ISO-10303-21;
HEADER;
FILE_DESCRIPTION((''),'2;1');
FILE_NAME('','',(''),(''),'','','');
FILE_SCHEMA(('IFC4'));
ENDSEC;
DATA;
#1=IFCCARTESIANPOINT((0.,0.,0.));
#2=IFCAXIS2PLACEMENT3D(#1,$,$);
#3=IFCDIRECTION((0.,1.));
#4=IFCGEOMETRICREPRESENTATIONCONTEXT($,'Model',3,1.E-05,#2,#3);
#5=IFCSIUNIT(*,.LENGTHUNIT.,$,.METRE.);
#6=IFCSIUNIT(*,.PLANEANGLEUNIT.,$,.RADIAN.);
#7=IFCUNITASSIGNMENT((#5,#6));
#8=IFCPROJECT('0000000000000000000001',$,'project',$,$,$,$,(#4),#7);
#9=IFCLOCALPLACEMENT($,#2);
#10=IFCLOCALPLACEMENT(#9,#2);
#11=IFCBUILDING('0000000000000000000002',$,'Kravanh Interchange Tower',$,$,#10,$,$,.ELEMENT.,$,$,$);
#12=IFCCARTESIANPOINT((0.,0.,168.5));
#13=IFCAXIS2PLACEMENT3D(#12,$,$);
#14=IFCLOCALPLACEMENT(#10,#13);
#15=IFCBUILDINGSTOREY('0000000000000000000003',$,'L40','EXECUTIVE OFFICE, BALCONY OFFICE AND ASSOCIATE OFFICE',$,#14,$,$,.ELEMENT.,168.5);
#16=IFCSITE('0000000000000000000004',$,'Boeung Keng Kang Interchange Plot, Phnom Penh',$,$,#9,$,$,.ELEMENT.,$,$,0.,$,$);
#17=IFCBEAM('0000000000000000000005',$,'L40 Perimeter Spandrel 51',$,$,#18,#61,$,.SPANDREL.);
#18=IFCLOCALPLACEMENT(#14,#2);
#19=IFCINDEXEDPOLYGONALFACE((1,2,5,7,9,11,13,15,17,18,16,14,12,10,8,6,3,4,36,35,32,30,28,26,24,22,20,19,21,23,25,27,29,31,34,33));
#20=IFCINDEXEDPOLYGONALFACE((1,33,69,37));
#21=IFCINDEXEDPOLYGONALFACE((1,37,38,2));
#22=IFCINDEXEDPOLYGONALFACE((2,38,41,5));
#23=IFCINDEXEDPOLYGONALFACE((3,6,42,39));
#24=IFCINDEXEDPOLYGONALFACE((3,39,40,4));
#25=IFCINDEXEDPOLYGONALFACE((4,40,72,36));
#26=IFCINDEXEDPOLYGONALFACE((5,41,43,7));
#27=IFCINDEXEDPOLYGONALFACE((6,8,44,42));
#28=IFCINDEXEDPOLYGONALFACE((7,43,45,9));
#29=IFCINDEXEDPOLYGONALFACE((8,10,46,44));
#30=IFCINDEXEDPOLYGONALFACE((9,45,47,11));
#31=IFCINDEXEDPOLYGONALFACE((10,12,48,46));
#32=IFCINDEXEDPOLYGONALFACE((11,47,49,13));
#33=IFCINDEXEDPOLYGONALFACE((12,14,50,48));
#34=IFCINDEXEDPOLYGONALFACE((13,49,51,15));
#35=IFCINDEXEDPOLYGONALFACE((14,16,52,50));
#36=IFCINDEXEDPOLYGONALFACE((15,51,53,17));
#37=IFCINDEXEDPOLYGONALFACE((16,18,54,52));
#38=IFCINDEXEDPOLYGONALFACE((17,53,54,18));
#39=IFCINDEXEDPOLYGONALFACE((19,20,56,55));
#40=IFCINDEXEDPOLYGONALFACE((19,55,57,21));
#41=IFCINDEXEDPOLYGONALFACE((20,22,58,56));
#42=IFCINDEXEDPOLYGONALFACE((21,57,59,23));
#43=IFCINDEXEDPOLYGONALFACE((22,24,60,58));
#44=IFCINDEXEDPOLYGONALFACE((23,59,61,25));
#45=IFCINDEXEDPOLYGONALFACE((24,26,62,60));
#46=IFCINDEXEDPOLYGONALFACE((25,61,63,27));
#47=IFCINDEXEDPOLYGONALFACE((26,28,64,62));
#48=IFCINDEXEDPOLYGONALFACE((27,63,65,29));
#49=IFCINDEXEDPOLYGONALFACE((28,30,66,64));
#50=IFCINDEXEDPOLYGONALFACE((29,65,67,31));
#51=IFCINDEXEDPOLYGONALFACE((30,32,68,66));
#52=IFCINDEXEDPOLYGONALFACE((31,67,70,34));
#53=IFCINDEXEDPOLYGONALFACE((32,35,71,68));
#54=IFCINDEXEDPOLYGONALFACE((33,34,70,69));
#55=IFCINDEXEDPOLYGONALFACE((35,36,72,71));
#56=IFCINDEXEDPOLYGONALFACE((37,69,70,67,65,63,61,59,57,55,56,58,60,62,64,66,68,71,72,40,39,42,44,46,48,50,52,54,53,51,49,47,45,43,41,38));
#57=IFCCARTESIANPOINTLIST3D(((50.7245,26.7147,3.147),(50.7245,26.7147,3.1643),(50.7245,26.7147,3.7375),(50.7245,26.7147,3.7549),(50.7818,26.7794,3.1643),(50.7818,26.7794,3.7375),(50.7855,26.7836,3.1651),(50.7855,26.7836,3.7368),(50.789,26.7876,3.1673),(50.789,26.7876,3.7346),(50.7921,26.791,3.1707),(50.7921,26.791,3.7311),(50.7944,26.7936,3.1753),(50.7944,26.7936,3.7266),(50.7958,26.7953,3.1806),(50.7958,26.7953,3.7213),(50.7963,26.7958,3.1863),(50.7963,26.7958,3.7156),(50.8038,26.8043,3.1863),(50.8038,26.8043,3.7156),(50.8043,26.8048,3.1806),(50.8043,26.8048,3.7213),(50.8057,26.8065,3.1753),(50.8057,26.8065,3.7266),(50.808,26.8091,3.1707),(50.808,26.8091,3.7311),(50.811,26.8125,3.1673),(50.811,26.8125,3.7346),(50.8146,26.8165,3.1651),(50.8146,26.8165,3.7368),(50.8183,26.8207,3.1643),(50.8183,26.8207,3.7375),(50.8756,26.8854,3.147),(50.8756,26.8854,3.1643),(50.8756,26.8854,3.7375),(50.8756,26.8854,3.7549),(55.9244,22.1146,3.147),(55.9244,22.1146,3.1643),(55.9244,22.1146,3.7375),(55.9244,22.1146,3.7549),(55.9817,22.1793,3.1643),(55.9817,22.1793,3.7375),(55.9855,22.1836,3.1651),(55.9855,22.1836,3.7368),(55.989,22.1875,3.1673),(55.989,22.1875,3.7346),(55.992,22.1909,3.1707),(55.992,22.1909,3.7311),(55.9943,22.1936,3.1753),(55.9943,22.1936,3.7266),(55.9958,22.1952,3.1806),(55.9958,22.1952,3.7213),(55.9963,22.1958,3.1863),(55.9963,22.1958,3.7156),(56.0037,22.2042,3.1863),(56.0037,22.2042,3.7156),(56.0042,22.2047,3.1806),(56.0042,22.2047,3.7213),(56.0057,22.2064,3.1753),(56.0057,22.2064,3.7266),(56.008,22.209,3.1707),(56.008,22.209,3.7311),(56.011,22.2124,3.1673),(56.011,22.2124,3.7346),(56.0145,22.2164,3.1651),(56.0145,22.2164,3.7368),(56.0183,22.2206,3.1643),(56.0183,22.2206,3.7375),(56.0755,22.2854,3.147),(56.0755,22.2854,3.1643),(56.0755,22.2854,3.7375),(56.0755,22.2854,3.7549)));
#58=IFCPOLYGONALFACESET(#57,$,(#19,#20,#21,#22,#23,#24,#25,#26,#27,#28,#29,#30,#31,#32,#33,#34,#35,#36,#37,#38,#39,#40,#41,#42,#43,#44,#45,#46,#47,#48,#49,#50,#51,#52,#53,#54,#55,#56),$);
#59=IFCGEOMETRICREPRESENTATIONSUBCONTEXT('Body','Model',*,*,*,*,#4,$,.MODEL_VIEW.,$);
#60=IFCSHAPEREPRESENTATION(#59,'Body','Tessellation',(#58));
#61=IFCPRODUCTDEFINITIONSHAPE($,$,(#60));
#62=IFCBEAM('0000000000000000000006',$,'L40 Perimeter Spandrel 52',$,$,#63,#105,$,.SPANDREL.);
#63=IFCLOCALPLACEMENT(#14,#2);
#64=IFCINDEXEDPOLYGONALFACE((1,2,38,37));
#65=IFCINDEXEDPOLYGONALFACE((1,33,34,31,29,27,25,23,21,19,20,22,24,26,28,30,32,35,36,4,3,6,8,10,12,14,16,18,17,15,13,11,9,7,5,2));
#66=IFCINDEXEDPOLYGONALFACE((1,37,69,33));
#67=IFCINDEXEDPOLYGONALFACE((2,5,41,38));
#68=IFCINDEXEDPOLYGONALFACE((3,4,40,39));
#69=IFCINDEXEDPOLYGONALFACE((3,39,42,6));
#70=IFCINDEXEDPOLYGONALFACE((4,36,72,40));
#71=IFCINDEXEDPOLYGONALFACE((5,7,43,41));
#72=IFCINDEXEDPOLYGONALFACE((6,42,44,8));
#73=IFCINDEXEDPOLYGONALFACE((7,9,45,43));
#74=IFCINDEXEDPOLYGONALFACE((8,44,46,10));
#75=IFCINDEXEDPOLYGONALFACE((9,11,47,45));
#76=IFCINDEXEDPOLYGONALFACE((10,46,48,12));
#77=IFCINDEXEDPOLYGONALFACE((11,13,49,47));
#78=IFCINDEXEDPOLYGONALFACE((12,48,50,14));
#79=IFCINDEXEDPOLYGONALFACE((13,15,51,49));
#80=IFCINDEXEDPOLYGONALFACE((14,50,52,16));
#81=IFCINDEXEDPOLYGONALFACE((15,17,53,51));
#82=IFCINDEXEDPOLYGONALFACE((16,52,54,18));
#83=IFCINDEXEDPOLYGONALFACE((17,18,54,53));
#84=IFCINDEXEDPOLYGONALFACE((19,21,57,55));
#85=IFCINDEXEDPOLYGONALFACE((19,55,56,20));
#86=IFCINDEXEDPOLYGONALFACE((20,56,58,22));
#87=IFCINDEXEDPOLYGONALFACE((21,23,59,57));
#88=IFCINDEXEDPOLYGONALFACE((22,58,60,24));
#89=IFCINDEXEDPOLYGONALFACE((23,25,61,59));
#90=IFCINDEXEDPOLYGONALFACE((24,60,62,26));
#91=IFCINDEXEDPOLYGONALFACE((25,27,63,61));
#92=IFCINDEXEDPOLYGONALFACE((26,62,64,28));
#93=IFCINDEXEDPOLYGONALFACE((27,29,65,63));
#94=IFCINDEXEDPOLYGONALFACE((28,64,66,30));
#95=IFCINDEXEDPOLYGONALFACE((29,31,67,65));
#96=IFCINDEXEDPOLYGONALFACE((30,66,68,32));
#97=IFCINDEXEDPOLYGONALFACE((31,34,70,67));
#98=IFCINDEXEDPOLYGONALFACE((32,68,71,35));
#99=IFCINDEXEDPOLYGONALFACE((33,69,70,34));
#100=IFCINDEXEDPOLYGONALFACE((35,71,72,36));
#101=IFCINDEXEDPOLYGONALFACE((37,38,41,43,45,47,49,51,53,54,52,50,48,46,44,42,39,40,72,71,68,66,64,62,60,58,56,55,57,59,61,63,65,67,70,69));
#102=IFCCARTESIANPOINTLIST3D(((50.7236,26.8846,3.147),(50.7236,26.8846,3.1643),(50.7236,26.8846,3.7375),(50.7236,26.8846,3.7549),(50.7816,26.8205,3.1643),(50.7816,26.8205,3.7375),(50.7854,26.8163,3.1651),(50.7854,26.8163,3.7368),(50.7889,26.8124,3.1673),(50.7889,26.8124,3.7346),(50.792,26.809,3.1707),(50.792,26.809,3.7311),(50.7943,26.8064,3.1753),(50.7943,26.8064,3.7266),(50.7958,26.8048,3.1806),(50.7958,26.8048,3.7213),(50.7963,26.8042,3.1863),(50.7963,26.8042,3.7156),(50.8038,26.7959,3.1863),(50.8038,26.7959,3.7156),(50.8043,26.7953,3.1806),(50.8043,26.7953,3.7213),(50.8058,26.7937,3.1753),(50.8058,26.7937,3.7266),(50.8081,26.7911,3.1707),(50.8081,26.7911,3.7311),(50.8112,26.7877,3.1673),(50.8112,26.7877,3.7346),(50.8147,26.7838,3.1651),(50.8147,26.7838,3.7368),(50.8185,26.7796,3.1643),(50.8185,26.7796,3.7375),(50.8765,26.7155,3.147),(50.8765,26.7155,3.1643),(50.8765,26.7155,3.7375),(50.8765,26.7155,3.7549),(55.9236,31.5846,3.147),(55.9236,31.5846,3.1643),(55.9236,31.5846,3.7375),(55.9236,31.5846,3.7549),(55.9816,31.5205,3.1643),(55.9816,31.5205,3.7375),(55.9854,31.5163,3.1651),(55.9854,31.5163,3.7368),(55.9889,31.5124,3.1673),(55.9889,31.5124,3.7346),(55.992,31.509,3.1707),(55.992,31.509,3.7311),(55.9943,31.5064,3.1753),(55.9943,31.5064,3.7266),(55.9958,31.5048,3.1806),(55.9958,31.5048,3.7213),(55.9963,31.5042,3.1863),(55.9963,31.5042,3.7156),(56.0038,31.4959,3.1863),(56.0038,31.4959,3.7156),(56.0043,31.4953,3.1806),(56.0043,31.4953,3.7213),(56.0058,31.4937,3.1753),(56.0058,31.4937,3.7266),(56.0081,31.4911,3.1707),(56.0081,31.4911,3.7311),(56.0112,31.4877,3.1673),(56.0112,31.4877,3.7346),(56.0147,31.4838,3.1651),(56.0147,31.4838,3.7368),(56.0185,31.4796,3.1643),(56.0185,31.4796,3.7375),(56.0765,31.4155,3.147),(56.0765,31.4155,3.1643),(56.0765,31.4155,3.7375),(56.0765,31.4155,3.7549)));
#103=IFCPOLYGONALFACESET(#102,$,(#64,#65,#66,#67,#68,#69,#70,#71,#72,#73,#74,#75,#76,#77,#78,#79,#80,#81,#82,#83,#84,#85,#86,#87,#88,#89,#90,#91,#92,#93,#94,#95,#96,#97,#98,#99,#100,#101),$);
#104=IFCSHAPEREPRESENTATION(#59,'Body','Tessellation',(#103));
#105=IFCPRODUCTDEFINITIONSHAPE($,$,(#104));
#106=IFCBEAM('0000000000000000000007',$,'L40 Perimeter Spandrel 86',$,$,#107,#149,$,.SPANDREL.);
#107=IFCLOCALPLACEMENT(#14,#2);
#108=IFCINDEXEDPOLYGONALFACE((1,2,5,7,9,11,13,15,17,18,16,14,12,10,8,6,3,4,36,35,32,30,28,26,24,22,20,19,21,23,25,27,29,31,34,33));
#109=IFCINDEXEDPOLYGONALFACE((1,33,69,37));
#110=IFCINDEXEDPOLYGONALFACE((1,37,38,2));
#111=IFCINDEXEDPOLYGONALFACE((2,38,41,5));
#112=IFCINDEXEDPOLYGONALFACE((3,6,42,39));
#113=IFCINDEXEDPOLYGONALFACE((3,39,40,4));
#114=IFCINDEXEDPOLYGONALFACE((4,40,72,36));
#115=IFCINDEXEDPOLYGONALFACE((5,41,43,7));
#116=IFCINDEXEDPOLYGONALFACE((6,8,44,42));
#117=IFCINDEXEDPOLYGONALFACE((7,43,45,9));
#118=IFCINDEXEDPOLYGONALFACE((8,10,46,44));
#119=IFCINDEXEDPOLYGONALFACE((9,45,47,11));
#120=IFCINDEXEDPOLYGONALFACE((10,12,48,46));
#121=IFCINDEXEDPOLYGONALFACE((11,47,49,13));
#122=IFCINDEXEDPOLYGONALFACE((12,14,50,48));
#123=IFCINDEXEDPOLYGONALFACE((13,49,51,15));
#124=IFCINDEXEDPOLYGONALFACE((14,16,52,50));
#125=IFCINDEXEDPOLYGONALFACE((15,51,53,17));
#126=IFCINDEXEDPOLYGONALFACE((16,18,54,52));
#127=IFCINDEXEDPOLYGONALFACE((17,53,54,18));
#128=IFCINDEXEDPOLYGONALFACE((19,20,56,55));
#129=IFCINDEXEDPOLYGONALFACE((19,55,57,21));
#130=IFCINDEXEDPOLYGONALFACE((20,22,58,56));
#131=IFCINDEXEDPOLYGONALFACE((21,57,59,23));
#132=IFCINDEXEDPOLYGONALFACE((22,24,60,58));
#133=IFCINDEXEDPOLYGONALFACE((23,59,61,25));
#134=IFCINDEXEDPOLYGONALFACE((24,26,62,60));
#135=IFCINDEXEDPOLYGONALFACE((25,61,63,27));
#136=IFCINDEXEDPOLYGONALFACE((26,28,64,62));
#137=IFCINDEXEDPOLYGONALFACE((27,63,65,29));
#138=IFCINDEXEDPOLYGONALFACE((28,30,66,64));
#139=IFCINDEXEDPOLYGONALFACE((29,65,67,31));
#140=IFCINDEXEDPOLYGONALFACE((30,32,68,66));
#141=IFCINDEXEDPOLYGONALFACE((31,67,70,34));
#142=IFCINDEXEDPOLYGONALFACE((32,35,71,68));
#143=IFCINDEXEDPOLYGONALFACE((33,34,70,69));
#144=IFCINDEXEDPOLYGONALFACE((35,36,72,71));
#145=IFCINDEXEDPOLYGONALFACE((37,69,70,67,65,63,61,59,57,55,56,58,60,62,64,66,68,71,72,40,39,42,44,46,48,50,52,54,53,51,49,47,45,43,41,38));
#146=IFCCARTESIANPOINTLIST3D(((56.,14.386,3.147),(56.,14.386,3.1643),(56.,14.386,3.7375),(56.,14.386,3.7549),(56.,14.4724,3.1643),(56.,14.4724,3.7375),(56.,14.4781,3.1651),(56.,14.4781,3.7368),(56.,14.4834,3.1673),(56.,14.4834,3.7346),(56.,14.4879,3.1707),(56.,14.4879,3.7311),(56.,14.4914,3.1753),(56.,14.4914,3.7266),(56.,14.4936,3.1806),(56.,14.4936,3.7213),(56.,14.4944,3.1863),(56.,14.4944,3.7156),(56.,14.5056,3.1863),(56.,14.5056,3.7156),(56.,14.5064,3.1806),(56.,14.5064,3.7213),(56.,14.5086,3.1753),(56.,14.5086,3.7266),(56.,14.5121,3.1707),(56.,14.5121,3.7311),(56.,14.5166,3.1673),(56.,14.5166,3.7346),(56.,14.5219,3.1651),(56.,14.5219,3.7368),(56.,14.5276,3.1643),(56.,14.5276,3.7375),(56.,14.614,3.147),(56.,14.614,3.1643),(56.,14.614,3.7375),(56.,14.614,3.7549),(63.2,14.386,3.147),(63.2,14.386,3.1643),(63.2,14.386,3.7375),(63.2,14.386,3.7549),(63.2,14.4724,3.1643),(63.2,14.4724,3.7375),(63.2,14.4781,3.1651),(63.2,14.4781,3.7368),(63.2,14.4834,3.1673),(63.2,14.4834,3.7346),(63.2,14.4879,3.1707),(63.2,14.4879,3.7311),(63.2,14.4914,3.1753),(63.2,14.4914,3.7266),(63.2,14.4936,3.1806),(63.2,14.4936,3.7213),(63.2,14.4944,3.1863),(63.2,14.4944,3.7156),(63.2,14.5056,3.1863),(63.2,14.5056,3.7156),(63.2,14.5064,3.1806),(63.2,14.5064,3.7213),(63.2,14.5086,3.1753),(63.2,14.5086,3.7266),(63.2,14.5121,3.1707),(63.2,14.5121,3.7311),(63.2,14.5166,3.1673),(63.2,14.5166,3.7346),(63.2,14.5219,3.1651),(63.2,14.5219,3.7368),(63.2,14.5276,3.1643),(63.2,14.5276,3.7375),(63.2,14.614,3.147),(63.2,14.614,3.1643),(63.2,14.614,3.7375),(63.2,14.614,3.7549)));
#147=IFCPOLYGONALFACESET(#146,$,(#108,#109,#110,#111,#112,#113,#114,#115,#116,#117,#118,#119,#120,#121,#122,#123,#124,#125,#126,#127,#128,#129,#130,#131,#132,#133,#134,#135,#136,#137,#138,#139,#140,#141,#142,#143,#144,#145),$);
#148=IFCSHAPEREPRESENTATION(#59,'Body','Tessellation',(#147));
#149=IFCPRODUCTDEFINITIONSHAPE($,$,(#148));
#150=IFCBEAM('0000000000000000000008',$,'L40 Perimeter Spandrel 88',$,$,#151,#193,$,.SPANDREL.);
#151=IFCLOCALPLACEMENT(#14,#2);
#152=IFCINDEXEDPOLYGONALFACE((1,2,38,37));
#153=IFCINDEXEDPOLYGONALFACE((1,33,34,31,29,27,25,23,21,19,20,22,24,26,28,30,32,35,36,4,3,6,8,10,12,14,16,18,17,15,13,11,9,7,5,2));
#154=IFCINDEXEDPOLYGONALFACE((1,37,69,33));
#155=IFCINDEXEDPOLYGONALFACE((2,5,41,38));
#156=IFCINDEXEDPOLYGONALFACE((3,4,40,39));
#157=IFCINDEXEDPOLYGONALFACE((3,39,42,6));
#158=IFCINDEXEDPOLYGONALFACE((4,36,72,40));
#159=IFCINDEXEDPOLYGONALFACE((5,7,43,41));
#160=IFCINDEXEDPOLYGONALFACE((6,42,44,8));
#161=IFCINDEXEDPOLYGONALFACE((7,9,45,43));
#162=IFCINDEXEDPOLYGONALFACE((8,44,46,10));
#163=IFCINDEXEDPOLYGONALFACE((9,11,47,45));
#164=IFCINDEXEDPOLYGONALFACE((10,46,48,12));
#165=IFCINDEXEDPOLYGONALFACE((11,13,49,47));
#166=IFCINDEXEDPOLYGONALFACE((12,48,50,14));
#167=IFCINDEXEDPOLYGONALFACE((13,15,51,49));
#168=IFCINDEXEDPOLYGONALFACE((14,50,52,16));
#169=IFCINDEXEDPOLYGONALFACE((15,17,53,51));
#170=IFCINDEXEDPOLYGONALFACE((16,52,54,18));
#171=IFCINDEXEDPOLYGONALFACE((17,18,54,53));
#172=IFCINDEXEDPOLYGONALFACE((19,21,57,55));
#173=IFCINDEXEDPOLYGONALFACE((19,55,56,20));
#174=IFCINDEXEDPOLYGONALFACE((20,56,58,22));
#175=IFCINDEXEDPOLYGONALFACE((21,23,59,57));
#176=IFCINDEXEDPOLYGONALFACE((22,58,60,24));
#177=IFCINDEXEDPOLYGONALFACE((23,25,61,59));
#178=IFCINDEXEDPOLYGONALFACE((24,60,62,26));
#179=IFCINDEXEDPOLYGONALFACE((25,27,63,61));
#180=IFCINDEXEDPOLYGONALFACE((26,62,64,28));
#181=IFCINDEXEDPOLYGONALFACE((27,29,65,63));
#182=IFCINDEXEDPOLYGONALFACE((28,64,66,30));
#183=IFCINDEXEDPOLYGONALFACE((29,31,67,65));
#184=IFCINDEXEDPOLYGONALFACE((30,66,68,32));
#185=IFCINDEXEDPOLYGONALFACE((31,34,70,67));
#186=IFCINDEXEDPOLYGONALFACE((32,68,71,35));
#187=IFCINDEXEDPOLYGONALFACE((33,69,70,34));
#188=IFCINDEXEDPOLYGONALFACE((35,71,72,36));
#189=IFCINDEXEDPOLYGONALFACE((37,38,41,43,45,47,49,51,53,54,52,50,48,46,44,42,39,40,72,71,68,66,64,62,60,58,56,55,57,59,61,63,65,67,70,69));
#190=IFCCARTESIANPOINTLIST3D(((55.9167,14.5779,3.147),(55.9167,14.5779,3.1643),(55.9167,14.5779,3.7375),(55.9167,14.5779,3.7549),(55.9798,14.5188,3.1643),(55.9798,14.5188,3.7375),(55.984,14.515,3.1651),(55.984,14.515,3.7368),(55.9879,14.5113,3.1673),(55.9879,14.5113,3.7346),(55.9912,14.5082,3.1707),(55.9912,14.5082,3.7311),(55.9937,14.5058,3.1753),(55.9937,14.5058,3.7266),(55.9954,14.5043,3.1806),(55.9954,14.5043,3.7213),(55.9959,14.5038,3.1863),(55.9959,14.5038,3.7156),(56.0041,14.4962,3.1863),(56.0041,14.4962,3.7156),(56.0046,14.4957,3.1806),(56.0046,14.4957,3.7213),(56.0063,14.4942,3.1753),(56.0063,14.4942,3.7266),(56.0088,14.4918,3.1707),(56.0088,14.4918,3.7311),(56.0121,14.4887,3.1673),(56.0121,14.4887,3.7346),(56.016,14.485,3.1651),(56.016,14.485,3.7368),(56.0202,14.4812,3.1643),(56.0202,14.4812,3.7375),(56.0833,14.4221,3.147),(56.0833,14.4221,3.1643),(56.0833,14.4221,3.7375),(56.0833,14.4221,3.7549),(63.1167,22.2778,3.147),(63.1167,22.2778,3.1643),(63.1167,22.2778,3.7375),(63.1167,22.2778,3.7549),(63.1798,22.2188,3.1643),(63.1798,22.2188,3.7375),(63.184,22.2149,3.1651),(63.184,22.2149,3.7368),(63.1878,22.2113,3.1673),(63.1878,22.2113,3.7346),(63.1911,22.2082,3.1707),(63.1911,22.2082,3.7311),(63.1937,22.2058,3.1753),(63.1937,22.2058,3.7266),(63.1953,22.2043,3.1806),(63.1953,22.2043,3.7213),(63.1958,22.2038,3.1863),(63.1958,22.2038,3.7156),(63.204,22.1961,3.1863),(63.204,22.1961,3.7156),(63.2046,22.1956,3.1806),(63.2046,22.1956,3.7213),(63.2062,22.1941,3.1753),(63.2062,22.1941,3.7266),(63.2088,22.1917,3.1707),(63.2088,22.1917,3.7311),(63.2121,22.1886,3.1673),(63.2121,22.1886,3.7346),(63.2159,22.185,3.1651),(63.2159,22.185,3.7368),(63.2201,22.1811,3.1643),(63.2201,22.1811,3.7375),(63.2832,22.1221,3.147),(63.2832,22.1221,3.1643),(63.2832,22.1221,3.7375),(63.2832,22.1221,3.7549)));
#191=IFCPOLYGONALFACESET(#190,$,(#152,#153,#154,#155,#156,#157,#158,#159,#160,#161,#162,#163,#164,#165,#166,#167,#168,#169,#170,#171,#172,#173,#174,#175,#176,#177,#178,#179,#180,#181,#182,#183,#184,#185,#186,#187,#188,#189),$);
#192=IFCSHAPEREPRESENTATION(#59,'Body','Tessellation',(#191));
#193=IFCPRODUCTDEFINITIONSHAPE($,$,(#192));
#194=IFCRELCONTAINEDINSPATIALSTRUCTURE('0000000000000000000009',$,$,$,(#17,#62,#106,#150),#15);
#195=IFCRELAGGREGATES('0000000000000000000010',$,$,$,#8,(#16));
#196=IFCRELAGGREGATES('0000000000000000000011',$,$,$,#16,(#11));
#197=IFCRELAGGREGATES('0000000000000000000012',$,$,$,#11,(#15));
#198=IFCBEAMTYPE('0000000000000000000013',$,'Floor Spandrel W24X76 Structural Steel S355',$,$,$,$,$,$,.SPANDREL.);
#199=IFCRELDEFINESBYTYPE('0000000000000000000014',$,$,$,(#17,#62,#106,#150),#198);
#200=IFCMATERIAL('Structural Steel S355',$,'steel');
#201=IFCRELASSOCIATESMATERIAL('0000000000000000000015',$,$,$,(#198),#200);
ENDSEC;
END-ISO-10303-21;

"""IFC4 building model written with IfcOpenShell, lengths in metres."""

from ifc_helpers import new_model, si_unit, direction, frame, origin, origin_2d, place, context, subcontext, project, spatial, i_section, extrude, material, material_profile, profile_set, type_object, element, save


model = new_model("IFC4")

# Units and contexts
model_context = context("Model", 3, precision=1e-05, world=origin(), true_north=direction((0.0, 1.0)))
body_context = subcontext(model_context, "Body", "Model", "MODEL_VIEW")
ifc_project = project(units=[si_unit("LENGTHUNIT", "METRE"), si_unit("PLANEANGLEUNIT", "RADIAN")], contexts=[model_context])

# Site, building, storey
site_placement = place(None, origin())
site = spatial("IfcSite", under=ifc_project, at=site_placement, Name="Boeung Keng Kang Interchange Plot, Phnom Penh", CompositionType="ELEMENT", RefElevation=0.0)
building_placement = place(site_placement, origin())
building = spatial("IfcBuilding", under=site, at=building_placement, Name="Kravanh Interchange Tower", CompositionType="ELEMENT")
storey_placement = place(building_placement, frame((0.0, 0.0, 168.5)))
storey = spatial("IfcBuildingStorey", under=building, at=storey_placement, Name="L40", Description="EXECUTIVE OFFICE, BALCONY OFFICE AND ASSOCIATE OFFICE", CompositionType="ELEMENT", Elevation=168.5)

# Beams
ifc_material_1 = material(Name="Structural Steel S355", Category="steel")
ifc_material_profile_1 = material_profile(ifc_material_1, i_section(OverallWidth=0.228, OverallDepth=0.6079, WebThickness=0.0112, FlangeThickness=0.0173, FilletRadius=0.022, at=origin_2d()), Name="W24X76")
ifc_profile_set_1 = profile_set([ifc_material_profile_1], Name="Structural Steel S355")
beam_type_1 = type_object("IfcBeamType", Name="Floor Spandrel W24X76 Structural Steel S355", PredefinedType="SPANDREL", material=ifc_profile_set_1)
beam_1_placement = place(storey_placement, frame((50.8, 26.8, 3.4509), z_axis=(0.748986, -0.662585, 0.0), x_axis=(0.662585, 0.748986, 0.0)))
element("IfcBeam", 1, at=beam_1_placement, inside=storey, type_object=beam_type_1, Name="L40 Perimeter Spandrel 51", PredefinedType="SPANDREL", context=body_context, shape_type="SweptSolid", body=[
    extrude(i_section(OverallWidth=0.228, OverallDepth=0.6079, WebThickness=0.0112, FlangeThickness=0.0173, FilletRadius=0.022, at=origin_2d()), origin(), (0.0, 0.0, 1.0), 6.9426),
])
beam_2_placement = place(storey_placement, frame((50.8, 26.8, 3.4509), z_axis=(0.741874, 0.670539, 0.0), x_axis=(-0.670539, 0.741874, 0.0)))
element("IfcBeam", 2, at=beam_2_placement, inside=storey, type_object=beam_type_1, Name="L40 Perimeter Spandrel 52", PredefinedType="SPANDREL", context=body_context, shape_type="SweptSolid", body=[
    extrude(i_section(OverallWidth=0.228, OverallDepth=0.6079, WebThickness=0.0112, FlangeThickness=0.0173, FilletRadius=0.022, at=origin_2d()), origin(), (0.0, 0.0, 1.0), 7.0093),
])
beam_3_placement = place(storey_placement, frame((56.0, 14.5, 3.4509), z_axis=(1.0, 0.0, 0.0), x_axis=(0.0, 1.0, 0.0)))
element("IfcBeam", 3, at=beam_3_placement, inside=storey, type_object=beam_type_1, Name="L40 Perimeter Spandrel 86", PredefinedType="SPANDREL", context=body_context, shape_type="SweptSolid", body=[
    extrude(i_section(OverallWidth=0.228, OverallDepth=0.6079, WebThickness=0.0112, FlangeThickness=0.0173, FilletRadius=0.022, at=origin_2d()), origin(), (0.0, 0.0, 1.0), 7.2),
])
beam_4_placement = place(storey_placement, frame((56.0, 14.5, 3.4509), z_axis=(0.682994, 0.730424, 0.0), x_axis=(-0.730424, 0.682994, 0.0)))
element("IfcBeam", 4, at=beam_4_placement, inside=storey, type_object=beam_type_1, Name="L40 Perimeter Spandrel 88", PredefinedType="SPANDREL", context=body_context, shape_type="SweptSolid", body=[
    extrude(i_section(OverallWidth=0.228, OverallDepth=0.6079, WebThickness=0.0112, FlangeThickness=0.0173, FilletRadius=0.022, at=origin_2d()), origin(), (0.0, 0.0, 1.0), 10.5417),
])

save(model, "model.ifc")
